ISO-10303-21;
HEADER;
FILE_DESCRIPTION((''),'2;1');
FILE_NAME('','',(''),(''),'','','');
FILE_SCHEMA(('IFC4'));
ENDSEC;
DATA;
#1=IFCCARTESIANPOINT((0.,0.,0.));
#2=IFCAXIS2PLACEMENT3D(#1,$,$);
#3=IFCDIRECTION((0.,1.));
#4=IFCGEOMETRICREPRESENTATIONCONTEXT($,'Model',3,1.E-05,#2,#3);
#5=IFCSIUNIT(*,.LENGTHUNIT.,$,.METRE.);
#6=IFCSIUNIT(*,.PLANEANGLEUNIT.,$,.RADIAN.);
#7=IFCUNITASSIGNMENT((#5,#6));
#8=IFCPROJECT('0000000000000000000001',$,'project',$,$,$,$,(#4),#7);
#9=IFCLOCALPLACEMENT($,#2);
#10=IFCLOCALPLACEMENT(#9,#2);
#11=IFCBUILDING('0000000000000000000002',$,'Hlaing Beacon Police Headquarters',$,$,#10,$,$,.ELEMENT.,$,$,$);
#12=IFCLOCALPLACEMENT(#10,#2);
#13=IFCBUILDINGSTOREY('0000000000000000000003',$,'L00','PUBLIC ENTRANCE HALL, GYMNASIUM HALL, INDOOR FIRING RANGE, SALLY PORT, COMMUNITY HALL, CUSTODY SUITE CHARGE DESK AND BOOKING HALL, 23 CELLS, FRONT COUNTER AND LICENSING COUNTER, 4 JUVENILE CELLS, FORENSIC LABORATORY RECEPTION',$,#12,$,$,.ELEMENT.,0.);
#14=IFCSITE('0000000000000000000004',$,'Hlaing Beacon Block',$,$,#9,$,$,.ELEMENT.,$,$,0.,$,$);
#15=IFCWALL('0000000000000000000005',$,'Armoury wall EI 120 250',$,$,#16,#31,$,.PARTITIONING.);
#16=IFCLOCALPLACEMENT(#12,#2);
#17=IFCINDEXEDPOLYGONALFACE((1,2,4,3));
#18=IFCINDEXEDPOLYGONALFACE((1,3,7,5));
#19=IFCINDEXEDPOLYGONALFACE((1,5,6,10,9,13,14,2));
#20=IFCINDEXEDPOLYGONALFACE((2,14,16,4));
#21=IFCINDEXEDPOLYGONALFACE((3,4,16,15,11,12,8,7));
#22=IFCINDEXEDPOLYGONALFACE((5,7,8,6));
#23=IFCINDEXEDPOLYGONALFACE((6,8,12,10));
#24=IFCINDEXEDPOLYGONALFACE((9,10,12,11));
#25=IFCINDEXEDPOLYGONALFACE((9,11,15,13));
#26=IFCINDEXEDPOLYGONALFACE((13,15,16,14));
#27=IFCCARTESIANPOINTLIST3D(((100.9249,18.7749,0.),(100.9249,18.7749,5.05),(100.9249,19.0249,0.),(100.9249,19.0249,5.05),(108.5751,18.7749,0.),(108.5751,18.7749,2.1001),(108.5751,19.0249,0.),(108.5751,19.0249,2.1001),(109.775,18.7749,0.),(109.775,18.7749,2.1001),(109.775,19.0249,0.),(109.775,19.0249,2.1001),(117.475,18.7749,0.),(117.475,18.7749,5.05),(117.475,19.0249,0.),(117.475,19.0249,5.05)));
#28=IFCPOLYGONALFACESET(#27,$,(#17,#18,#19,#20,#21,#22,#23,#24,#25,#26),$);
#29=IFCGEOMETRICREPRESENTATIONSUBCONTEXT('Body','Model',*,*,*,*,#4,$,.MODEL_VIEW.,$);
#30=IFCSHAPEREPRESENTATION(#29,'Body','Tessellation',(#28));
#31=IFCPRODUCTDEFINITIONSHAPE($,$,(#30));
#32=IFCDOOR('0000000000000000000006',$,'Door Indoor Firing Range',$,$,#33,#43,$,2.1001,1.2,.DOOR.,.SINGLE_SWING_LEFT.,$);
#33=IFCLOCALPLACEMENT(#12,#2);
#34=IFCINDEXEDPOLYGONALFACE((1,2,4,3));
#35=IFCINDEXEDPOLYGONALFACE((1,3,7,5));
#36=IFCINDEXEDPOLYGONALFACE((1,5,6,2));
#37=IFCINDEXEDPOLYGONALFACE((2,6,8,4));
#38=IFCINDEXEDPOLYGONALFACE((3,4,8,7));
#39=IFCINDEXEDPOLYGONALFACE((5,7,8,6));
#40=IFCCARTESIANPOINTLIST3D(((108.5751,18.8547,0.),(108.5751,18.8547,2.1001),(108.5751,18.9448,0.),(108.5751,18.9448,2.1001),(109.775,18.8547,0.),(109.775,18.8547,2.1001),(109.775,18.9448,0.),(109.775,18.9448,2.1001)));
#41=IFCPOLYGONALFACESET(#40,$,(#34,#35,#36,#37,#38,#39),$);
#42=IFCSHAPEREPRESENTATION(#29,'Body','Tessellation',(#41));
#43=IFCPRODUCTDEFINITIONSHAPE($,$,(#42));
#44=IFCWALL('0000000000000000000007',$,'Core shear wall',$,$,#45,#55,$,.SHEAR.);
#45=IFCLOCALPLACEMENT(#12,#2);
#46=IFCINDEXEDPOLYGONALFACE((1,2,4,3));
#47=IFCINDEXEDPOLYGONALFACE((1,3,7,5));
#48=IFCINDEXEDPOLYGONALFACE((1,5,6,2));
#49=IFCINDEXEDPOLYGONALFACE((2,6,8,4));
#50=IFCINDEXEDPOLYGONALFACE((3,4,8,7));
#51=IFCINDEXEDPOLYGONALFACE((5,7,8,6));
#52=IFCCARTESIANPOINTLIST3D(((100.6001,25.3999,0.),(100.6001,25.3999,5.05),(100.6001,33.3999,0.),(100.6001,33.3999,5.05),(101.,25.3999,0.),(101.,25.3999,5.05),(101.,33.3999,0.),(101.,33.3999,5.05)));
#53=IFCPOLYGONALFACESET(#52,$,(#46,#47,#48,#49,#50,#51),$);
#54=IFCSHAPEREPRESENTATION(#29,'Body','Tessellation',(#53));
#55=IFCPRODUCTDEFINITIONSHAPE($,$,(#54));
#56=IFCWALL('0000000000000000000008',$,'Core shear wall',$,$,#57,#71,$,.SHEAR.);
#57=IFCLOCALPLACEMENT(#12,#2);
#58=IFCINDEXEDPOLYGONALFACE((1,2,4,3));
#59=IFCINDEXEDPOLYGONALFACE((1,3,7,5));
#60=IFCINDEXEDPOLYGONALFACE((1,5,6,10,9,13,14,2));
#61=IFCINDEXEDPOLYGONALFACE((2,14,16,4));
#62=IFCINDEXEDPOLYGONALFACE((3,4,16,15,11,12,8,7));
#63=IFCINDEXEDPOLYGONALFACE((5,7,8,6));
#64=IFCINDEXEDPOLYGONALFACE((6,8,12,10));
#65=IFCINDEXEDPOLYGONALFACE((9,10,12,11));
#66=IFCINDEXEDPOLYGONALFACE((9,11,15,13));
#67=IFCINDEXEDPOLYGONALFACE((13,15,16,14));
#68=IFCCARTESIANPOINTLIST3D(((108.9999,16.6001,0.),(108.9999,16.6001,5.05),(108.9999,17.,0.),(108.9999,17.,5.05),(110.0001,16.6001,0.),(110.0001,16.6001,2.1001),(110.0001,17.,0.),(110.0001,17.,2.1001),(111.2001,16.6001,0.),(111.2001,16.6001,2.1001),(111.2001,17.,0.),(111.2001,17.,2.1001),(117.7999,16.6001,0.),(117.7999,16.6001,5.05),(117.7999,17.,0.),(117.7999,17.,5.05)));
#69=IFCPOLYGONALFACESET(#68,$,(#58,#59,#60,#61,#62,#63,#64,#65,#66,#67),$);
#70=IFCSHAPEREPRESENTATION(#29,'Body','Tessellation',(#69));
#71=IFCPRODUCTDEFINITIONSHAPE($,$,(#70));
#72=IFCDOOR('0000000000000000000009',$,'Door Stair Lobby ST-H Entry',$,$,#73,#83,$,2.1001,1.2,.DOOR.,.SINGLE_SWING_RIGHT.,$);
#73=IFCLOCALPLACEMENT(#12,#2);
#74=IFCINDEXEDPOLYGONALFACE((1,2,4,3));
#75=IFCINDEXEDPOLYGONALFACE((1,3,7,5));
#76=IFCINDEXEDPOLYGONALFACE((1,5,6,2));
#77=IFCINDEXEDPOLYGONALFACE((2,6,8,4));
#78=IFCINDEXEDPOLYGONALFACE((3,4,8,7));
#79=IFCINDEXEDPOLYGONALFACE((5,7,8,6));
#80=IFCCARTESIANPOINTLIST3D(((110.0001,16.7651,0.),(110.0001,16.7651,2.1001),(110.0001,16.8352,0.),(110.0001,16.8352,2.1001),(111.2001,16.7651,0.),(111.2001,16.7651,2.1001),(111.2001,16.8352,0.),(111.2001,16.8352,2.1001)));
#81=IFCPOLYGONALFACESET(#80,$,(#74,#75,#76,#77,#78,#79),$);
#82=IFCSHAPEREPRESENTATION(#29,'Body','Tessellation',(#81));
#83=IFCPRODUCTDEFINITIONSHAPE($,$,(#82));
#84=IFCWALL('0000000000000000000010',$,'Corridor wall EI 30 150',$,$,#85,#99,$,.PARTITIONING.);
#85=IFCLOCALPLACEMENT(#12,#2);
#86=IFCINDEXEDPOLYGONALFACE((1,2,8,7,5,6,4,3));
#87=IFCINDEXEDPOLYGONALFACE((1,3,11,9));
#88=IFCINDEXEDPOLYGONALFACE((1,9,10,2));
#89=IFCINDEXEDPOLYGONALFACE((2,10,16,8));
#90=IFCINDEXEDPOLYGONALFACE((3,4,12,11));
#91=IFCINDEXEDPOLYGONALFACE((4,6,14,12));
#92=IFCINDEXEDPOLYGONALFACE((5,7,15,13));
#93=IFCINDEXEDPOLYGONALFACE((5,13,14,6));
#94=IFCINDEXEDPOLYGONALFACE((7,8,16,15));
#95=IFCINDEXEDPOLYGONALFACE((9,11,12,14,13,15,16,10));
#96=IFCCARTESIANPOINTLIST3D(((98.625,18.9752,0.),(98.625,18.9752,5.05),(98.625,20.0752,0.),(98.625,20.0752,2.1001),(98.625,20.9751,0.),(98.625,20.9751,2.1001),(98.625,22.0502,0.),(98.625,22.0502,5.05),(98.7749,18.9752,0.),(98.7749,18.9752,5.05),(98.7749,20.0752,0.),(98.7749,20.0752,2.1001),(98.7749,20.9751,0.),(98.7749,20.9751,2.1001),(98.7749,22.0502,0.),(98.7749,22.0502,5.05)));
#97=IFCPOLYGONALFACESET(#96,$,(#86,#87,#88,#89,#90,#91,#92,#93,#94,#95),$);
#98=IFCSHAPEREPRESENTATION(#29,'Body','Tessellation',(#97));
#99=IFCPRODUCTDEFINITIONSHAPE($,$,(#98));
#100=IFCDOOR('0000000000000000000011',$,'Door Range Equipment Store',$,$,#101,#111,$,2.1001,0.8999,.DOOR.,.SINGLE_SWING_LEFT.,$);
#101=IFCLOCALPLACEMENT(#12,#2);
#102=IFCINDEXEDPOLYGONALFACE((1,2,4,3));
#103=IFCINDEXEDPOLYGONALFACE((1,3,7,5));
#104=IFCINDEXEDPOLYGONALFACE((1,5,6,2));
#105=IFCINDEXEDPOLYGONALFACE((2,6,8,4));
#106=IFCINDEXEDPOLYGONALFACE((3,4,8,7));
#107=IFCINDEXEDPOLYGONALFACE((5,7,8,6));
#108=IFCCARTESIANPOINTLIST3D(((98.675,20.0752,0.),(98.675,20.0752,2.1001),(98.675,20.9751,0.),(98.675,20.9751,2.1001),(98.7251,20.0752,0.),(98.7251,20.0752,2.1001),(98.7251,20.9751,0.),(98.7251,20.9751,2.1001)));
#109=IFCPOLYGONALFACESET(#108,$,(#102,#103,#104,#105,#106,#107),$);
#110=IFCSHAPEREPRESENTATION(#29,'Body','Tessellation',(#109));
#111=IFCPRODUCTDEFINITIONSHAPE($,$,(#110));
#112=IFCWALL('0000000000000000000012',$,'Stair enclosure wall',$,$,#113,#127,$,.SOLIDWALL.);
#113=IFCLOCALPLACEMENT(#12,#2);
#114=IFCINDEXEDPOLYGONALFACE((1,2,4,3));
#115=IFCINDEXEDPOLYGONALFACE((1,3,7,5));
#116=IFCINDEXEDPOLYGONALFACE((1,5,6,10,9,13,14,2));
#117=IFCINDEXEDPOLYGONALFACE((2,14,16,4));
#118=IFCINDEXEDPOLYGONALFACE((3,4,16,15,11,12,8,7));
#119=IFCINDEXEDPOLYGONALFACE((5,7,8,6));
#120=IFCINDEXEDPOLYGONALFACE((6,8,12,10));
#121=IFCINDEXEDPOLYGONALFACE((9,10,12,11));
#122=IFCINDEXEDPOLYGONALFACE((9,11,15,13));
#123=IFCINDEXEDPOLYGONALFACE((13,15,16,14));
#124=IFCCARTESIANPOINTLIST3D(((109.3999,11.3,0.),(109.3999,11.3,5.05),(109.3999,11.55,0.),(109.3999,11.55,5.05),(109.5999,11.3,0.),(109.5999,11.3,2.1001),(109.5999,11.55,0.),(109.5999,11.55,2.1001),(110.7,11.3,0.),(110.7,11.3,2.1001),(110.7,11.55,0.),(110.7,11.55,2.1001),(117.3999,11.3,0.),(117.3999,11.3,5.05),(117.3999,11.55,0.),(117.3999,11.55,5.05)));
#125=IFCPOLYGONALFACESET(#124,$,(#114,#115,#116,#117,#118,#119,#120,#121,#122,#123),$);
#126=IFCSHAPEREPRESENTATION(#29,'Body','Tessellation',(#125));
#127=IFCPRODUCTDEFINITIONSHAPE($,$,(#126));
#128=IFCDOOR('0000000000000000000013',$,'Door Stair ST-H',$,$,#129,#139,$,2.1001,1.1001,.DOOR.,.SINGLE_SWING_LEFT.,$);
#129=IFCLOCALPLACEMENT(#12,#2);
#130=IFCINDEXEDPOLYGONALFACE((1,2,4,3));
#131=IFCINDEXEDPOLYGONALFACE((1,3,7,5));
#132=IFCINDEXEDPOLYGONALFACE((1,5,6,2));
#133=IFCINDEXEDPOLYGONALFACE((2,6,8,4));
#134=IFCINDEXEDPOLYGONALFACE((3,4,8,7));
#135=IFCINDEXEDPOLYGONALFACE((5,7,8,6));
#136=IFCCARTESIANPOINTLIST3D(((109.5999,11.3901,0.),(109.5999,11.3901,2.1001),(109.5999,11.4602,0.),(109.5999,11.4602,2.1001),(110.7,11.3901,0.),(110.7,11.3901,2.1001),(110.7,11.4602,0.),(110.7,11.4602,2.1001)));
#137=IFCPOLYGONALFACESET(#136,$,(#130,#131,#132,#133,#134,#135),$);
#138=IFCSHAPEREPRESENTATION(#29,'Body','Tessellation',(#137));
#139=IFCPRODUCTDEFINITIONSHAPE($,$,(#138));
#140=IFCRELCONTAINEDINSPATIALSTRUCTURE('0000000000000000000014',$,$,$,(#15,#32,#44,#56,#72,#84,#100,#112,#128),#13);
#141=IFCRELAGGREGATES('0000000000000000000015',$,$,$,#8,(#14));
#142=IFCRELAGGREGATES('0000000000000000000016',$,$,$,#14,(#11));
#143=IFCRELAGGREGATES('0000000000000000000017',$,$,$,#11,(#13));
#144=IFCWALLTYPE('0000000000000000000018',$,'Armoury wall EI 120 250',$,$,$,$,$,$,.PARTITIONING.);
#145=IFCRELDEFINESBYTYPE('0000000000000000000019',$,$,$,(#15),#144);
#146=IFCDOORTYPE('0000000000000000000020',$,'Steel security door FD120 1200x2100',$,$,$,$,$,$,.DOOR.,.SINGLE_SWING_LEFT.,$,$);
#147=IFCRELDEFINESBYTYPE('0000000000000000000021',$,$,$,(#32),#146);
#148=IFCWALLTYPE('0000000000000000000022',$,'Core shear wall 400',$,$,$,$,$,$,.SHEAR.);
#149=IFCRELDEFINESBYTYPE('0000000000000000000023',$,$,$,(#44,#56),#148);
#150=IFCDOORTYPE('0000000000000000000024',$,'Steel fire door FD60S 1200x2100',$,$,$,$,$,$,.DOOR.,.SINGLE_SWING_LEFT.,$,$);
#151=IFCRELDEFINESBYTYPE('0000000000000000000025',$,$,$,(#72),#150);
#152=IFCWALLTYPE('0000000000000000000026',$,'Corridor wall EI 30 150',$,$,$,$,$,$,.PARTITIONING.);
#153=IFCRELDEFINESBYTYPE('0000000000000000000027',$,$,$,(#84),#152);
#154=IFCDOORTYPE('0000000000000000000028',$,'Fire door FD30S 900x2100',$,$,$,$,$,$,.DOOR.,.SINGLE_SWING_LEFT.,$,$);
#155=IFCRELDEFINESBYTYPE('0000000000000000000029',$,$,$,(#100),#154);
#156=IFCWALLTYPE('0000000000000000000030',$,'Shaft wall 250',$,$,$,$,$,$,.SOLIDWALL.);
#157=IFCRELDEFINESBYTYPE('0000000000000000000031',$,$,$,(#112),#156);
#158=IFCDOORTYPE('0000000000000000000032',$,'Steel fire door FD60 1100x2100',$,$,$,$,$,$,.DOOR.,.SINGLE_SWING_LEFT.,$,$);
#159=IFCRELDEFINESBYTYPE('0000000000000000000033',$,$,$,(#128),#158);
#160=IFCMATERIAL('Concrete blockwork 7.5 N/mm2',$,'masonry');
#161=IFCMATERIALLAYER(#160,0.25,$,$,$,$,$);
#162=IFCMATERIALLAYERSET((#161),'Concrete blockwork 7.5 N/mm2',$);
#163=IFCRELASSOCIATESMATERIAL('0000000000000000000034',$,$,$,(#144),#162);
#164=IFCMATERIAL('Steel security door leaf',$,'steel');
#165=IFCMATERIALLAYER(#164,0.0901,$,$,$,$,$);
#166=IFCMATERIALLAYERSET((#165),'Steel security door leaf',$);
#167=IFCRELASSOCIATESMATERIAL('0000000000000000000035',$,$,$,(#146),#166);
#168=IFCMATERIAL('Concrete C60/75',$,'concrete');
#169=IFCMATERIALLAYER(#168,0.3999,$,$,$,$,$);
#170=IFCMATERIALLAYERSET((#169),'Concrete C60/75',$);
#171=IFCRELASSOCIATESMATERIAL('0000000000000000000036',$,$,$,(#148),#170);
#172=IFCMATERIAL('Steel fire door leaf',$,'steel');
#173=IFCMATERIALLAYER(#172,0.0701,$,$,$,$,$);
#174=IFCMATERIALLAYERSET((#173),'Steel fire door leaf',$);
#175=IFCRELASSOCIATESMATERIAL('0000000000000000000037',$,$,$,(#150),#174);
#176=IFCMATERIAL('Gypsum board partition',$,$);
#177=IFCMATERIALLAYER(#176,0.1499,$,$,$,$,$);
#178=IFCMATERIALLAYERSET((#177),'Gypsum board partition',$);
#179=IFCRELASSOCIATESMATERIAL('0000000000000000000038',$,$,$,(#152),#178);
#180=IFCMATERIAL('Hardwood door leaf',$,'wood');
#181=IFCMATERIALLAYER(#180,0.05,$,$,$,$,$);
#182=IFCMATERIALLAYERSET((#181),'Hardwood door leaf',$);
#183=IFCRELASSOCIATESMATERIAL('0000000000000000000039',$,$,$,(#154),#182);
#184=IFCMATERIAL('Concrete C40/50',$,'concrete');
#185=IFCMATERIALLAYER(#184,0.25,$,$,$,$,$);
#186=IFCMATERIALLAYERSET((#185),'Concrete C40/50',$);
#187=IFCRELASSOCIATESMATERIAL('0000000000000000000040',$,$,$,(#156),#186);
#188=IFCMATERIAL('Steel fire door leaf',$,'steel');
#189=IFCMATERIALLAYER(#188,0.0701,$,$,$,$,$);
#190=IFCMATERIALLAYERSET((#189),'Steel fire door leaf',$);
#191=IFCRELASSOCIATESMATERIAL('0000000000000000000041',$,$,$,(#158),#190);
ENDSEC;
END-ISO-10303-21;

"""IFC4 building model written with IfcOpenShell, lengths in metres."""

from ifc_helpers import new_model, si_unit, direction, frame, frame_2d, origin, place, context, subcontext, project, spatial, rectangle, extrude, material, layer, layer_set, type_object, element, fill, save


model = new_model("IFC4")

# Units and contexts
model_context = context("Model", 3, precision=1e-05, world=origin(), true_north=direction((0.0, 1.0)))
body_context = subcontext(model_context, "Body", "Model", "MODEL_VIEW")
ifc_project = project(units=[si_unit("LENGTHUNIT", "METRE"), si_unit("PLANEANGLEUNIT", "RADIAN")], contexts=[model_context])

# Site, building, storey
site_placement = place(None, origin())
site = spatial("IfcSite", under=ifc_project, at=site_placement, Name="Hlaing Beacon Block", CompositionType="ELEMENT", RefElevation=0.0)
building_placement = place(site_placement, origin())
building = spatial("IfcBuilding", under=site, at=building_placement, Name="Hlaing Beacon Police Headquarters", CompositionType="ELEMENT")
storey_placement = place(building_placement, origin())
storey = spatial("IfcBuildingStorey", under=building, at=storey_placement, Name="L00", Description="PUBLIC ENTRANCE HALL, GYMNASIUM HALL, INDOOR FIRING RANGE, SALLY PORT, COMMUNITY HALL, CUSTODY SUITE CHARGE DESK AND BOOKING HALL, 23 CELLS, FRONT COUNTER AND LICENSING COUNTER, 4 JUVENILE CELLS, FORENSIC LABORATORY RECEPTION", CompositionType="ELEMENT", Elevation=0.0)

# Shared definitions
ifc_material_1 = material(Name="Concrete blockwork 7.5 N/mm2", Category="masonry")
ifc_layer_1 = layer(ifc_material_1, 0.25)
ifc_layer_set_1 = layer_set([ifc_layer_1], Name="Concrete blockwork 7.5 N/mm2")
wall_type_1 = type_object("IfcWallType", Name="Armoury wall EI 120 250", PredefinedType="PARTITIONING", material=ifc_layer_set_1)

# Wall, opening, door
ifc_material_2 = material(Name="Steel security door leaf", Category="steel")
ifc_layer_2 = layer(ifc_material_2, 0.0901)
ifc_layer_set_2 = layer_set([ifc_layer_2], Name="Steel security door leaf")
door_type_1 = type_object("IfcDoorType", Name="Steel security door FD120 1200x2100", OperationType="SINGLE_SWING_LEFT", PredefinedType="DOOR", material=ifc_layer_set_2)
wall_1_placement = place(storey_placement, frame((100.925, 18.8999, 0.0), z_axis=(0.0, 0.0, 1.0), x_axis=(1.0, 0.0, 0.0)))
wall_1 = element("IfcWall", 1, at=wall_1_placement, inside=storey, type_object=wall_type_1, Name="Armoury wall EI 120 250", PredefinedType="PARTITIONING", context=body_context, shape_type="SweptSolid", body=[
    extrude(rectangle(XDim=16.55, YDim=0.25, at=frame_2d((8.2749, 0.0))), origin(), (0.0, 0.0, 1.0), 5.05),
])
opening_1_placement = place(wall_1_placement, frame((7.6499, 0.0, 0.0)))
opening_1 = element("IfcOpeningElement", 2, at=opening_1_placement, cuts=wall_1, PredefinedType="OPENING", context=body_context, shape_type="SweptSolid", body=[
    extrude(rectangle(XDim=1.2, YDim=2.1001, at=frame_2d((0.6001, 1.05))), frame((0.0, 0.135, 0.0), z_axis=(0.0, -1.0, 0.0), x_axis=(1.0, 0.0, 0.0)), (0.0, 0.0, 1.0), 0.27),
])
door_1_placement = place(opening_1_placement, origin())
door_1 = element("IfcDoor", 3, at=door_1_placement, inside=storey, type_object=door_type_1, Name="Door Indoor Firing Range", OperationType="SINGLE_SWING_LEFT", OverallHeight=2.1001, OverallWidth=1.2, PredefinedType="DOOR", context=body_context, shape_type="SweptSolid", body=[
    extrude(rectangle(XDim=1.2, YDim=2.1001, at=frame_2d((0.6001, 1.05))), frame((0.0, 0.0449, 0.0), z_axis=(0.0, -1.0, 0.0), x_axis=(1.0, 0.0, 0.0)), (0.0, 0.0, 1.0), 0.0901),
])
fill(opening_1, door_1)

# Wall
ifc_material_3 = material(Name="Concrete C60/75", Category="concrete")
ifc_layer_3 = layer(ifc_material_3, 0.3999)
ifc_layer_set_3 = layer_set([ifc_layer_3], Name="Concrete C60/75")
wall_type_2 = type_object("IfcWallType", Name="Core shear wall 400", PredefinedType="SHEAR", material=ifc_layer_set_3)
wall_2_placement = place(storey_placement, frame((100.8, 25.3999, 0.0), z_axis=(0.0, 0.0, 1.0), x_axis=(0.0, 1.0, 0.0)))
element("IfcWall", 4, at=wall_2_placement, inside=storey, type_object=wall_type_2, Name="Core shear wall", PredefinedType="SHEAR", context=body_context, shape_type="SweptSolid", body=[
    extrude(rectangle(XDim=8.0, YDim=0.3999, at=frame_2d((4.0, 0.0))), origin(), (0.0, 0.0, 1.0), 5.05),
])

# Walls, openings, doors
wall_3_placement = place(storey_placement, frame((109.0, 16.8, 0.0), z_axis=(0.0, 0.0, 1.0), x_axis=(1.0, 0.0, 0.0)))
wall_3 = element("IfcWall", 5, at=wall_3_placement, inside=storey, type_object=wall_type_2, Name="Core shear wall", PredefinedType="SHEAR", context=body_context, shape_type="SweptSolid", body=[
    extrude(rectangle(XDim=8.8, YDim=0.3999, at=frame_2d((4.3999, 0.0))), origin(), (0.0, 0.0, 1.0), 5.05),
])
opening_2_placement = place(wall_3_placement, frame((1.0, 0.0, 0.0)))
opening_2 = element("IfcOpeningElement", 6, at=opening_2_placement, cuts=wall_3, PredefinedType="OPENING", context=body_context, shape_type="SweptSolid", body=[
    extrude(rectangle(XDim=1.2, YDim=2.1001, at=frame_2d((0.6001, 1.05))), frame((0.0, 0.21, 0.0), z_axis=(0.0, -1.0, 0.0), x_axis=(1.0, 0.0, 0.0)), (0.0, 0.0, 1.0), 0.4199),
])
ifc_material_4 = material(Name="Steel fire door leaf", Category="steel")
ifc_layer_4 = layer(ifc_material_4, 0.0701)
ifc_layer_set_4 = layer_set([ifc_layer_4], Name="Steel fire door leaf")
door_type_2 = type_object("IfcDoorType", Name="Steel fire door FD60S 1200x2100", OperationType="SINGLE_SWING_LEFT", PredefinedType="DOOR", material=ifc_layer_set_4)
door_2_placement = place(opening_2_placement, frame((1.2, 0.0, 0.0), z_axis=(0.0, 0.0, 1.0), x_axis=(-1.0, 0.0, 0.0)))
door_2 = element("IfcDoor", 7, at=door_2_placement, inside=storey, type_object=door_type_2, Name="Door Stair Lobby ST-H Entry", OperationType="SINGLE_SWING_RIGHT", OverallHeight=2.1001, OverallWidth=1.2, PredefinedType="DOOR", context=body_context, shape_type="SweptSolid", body=[
    extrude(rectangle(XDim=1.2, YDim=2.1001, at=frame_2d((0.5999, 1.05))), frame((0.0, 0.0349, 0.0), z_axis=(0.0, -1.0, 0.0), x_axis=(1.0, 0.0, 0.0)), (0.0, 0.0, 1.0), 0.0701),
])
fill(opening_2, door_2)
ifc_material_5 = material(Name="Gypsum board partition")
ifc_layer_5 = layer(ifc_material_5, 0.1499)
ifc_layer_set_5 = layer_set([ifc_layer_5], Name="Gypsum board partition")
wall_type_3 = type_object("IfcWallType", Name="Corridor wall EI 30 150", PredefinedType="PARTITIONING", material=ifc_layer_set_5)
wall_4_placement = place(storey_placement, frame((98.7, 18.9751, 0.0), z_axis=(0.0, 0.0, 1.0), x_axis=(0.0, 1.0, 0.0)))
wall_4 = element("IfcWall", 8, at=wall_4_placement, inside=storey, type_object=wall_type_3, Name="Corridor wall EI 30 150", PredefinedType="PARTITIONING", context=body_context, shape_type="SweptSolid", body=[
    extrude(rectangle(XDim=3.075, YDim=0.1499, at=frame_2d((1.5376, 0.0))), origin(), (0.0, 0.0, 1.0), 5.05),
])
opening_3_placement = place(wall_4_placement, frame((1.1001, 0.0, 0.0)))
opening_3 = element("IfcOpeningElement", 9, at=opening_3_placement, cuts=wall_4, PredefinedType="OPENING", context=body_context, shape_type="SweptSolid", body=[
    extrude(rectangle(XDim=0.8999, YDim=2.1001, at=frame_2d((0.45, 1.05))), frame((0.0, 0.085, 0.0), z_axis=(0.0, -1.0, 0.0), x_axis=(1.0, 0.0, 0.0)), (0.0, 0.0, 1.0), 0.1699),
])
ifc_material_6 = material(Name="Hardwood door leaf", Category="wood")
ifc_layer_6 = layer(ifc_material_6, 0.05)
ifc_layer_set_6 = layer_set([ifc_layer_6], Name="Hardwood door leaf")
door_type_3 = type_object("IfcDoorType", Name="Fire door FD30S 900x2100", OperationType="SINGLE_SWING_LEFT", PredefinedType="DOOR", material=ifc_layer_set_6)
door_3_placement = place(opening_3_placement, origin())
door_3 = element("IfcDoor", 10, at=door_3_placement, inside=storey, type_object=door_type_3, Name="Door Range Equipment Store", OperationType="SINGLE_SWING_LEFT", OverallHeight=2.1001, OverallWidth=0.8999, PredefinedType="DOOR", context=body_context, shape_type="SweptSolid", body=[
    extrude(rectangle(XDim=0.8999, YDim=2.1001, at=frame_2d((0.45, 1.05))), frame((0.0, 0.0249, 0.0), z_axis=(0.0, -1.0, 0.0), x_axis=(1.0, 0.0, 0.0)), (0.0, 0.0, 1.0), 0.05),
])
fill(opening_3, door_3)
ifc_material_7 = material(Name="Concrete C40/50", Category="concrete")
ifc_layer_7 = layer(ifc_material_7, 0.25)
ifc_layer_set_7 = layer_set([ifc_layer_7], Name="Concrete C40/50")
wall_type_4 = type_object("IfcWallType", Name="Shaft wall 250", PredefinedType="SOLIDWALL", material=ifc_layer_set_7)
wall_5_placement = place(storey_placement, frame((109.3999, 11.425, 0.0), z_axis=(0.0, 0.0, 1.0), x_axis=(1.0, 0.0, 0.0)))
wall_5 = element("IfcWall", 11, at=wall_5_placement, inside=storey, type_object=wall_type_4, Name="Stair enclosure wall", PredefinedType="SOLIDWALL", context=body_context, shape_type="SweptSolid", body=[
    extrude(rectangle(XDim=8.0, YDim=0.25, at=frame_2d((4.0, 0.0))), origin(), (0.0, 0.0, 1.0), 5.05),
])
opening_4_placement = place(wall_5_placement, frame((0.2, 0.0, 0.0)))
opening_4 = element("IfcOpeningElement", 12, at=opening_4_placement, cuts=wall_5, PredefinedType="OPENING", context=body_context, shape_type="SweptSolid", body=[
    extrude(rectangle(XDim=1.1001, YDim=2.1001, at=frame_2d((0.55, 1.05))), frame((0.0, 0.135, 0.0), z_axis=(0.0, -1.0, 0.0), x_axis=(1.0, 0.0, 0.0)), (0.0, 0.0, 1.0), 0.27),
])
ifc_material_8 = material(Name="Steel fire door leaf", Category="steel")
ifc_layer_8 = layer(ifc_material_8, 0.0701)
ifc_layer_set_8 = layer_set([ifc_layer_8], Name="Steel fire door leaf")
door_type_4 = type_object("IfcDoorType", Name="Steel fire door FD60 1100x2100", OperationType="SINGLE_SWING_LEFT", PredefinedType="DOOR", material=ifc_layer_set_8)
door_4_placement = place(opening_4_placement, frame((1.1001, 0.0, 0.0), z_axis=(0.0, 0.0, 1.0), x_axis=(-1.0, 0.0, 0.0)))
door_4 = element("IfcDoor", 13, at=door_4_placement, inside=storey, type_object=door_type_4, Name="Door Stair ST-H", OperationType="SINGLE_SWING_LEFT", OverallHeight=2.1001, OverallWidth=1.1001, PredefinedType="DOOR", context=body_context, shape_type="SweptSolid", body=[
    extrude(rectangle(XDim=1.1001, YDim=2.1001, at=frame_2d((0.55, 1.05))), frame((0.0, 0.0349, 0.0), z_axis=(0.0, -1.0, 0.0), x_axis=(1.0, 0.0, 0.0)), (0.0, 0.0, 1.0), 0.0701),
])
fill(opening_4, door_4)

save(model, "model.ifc")
